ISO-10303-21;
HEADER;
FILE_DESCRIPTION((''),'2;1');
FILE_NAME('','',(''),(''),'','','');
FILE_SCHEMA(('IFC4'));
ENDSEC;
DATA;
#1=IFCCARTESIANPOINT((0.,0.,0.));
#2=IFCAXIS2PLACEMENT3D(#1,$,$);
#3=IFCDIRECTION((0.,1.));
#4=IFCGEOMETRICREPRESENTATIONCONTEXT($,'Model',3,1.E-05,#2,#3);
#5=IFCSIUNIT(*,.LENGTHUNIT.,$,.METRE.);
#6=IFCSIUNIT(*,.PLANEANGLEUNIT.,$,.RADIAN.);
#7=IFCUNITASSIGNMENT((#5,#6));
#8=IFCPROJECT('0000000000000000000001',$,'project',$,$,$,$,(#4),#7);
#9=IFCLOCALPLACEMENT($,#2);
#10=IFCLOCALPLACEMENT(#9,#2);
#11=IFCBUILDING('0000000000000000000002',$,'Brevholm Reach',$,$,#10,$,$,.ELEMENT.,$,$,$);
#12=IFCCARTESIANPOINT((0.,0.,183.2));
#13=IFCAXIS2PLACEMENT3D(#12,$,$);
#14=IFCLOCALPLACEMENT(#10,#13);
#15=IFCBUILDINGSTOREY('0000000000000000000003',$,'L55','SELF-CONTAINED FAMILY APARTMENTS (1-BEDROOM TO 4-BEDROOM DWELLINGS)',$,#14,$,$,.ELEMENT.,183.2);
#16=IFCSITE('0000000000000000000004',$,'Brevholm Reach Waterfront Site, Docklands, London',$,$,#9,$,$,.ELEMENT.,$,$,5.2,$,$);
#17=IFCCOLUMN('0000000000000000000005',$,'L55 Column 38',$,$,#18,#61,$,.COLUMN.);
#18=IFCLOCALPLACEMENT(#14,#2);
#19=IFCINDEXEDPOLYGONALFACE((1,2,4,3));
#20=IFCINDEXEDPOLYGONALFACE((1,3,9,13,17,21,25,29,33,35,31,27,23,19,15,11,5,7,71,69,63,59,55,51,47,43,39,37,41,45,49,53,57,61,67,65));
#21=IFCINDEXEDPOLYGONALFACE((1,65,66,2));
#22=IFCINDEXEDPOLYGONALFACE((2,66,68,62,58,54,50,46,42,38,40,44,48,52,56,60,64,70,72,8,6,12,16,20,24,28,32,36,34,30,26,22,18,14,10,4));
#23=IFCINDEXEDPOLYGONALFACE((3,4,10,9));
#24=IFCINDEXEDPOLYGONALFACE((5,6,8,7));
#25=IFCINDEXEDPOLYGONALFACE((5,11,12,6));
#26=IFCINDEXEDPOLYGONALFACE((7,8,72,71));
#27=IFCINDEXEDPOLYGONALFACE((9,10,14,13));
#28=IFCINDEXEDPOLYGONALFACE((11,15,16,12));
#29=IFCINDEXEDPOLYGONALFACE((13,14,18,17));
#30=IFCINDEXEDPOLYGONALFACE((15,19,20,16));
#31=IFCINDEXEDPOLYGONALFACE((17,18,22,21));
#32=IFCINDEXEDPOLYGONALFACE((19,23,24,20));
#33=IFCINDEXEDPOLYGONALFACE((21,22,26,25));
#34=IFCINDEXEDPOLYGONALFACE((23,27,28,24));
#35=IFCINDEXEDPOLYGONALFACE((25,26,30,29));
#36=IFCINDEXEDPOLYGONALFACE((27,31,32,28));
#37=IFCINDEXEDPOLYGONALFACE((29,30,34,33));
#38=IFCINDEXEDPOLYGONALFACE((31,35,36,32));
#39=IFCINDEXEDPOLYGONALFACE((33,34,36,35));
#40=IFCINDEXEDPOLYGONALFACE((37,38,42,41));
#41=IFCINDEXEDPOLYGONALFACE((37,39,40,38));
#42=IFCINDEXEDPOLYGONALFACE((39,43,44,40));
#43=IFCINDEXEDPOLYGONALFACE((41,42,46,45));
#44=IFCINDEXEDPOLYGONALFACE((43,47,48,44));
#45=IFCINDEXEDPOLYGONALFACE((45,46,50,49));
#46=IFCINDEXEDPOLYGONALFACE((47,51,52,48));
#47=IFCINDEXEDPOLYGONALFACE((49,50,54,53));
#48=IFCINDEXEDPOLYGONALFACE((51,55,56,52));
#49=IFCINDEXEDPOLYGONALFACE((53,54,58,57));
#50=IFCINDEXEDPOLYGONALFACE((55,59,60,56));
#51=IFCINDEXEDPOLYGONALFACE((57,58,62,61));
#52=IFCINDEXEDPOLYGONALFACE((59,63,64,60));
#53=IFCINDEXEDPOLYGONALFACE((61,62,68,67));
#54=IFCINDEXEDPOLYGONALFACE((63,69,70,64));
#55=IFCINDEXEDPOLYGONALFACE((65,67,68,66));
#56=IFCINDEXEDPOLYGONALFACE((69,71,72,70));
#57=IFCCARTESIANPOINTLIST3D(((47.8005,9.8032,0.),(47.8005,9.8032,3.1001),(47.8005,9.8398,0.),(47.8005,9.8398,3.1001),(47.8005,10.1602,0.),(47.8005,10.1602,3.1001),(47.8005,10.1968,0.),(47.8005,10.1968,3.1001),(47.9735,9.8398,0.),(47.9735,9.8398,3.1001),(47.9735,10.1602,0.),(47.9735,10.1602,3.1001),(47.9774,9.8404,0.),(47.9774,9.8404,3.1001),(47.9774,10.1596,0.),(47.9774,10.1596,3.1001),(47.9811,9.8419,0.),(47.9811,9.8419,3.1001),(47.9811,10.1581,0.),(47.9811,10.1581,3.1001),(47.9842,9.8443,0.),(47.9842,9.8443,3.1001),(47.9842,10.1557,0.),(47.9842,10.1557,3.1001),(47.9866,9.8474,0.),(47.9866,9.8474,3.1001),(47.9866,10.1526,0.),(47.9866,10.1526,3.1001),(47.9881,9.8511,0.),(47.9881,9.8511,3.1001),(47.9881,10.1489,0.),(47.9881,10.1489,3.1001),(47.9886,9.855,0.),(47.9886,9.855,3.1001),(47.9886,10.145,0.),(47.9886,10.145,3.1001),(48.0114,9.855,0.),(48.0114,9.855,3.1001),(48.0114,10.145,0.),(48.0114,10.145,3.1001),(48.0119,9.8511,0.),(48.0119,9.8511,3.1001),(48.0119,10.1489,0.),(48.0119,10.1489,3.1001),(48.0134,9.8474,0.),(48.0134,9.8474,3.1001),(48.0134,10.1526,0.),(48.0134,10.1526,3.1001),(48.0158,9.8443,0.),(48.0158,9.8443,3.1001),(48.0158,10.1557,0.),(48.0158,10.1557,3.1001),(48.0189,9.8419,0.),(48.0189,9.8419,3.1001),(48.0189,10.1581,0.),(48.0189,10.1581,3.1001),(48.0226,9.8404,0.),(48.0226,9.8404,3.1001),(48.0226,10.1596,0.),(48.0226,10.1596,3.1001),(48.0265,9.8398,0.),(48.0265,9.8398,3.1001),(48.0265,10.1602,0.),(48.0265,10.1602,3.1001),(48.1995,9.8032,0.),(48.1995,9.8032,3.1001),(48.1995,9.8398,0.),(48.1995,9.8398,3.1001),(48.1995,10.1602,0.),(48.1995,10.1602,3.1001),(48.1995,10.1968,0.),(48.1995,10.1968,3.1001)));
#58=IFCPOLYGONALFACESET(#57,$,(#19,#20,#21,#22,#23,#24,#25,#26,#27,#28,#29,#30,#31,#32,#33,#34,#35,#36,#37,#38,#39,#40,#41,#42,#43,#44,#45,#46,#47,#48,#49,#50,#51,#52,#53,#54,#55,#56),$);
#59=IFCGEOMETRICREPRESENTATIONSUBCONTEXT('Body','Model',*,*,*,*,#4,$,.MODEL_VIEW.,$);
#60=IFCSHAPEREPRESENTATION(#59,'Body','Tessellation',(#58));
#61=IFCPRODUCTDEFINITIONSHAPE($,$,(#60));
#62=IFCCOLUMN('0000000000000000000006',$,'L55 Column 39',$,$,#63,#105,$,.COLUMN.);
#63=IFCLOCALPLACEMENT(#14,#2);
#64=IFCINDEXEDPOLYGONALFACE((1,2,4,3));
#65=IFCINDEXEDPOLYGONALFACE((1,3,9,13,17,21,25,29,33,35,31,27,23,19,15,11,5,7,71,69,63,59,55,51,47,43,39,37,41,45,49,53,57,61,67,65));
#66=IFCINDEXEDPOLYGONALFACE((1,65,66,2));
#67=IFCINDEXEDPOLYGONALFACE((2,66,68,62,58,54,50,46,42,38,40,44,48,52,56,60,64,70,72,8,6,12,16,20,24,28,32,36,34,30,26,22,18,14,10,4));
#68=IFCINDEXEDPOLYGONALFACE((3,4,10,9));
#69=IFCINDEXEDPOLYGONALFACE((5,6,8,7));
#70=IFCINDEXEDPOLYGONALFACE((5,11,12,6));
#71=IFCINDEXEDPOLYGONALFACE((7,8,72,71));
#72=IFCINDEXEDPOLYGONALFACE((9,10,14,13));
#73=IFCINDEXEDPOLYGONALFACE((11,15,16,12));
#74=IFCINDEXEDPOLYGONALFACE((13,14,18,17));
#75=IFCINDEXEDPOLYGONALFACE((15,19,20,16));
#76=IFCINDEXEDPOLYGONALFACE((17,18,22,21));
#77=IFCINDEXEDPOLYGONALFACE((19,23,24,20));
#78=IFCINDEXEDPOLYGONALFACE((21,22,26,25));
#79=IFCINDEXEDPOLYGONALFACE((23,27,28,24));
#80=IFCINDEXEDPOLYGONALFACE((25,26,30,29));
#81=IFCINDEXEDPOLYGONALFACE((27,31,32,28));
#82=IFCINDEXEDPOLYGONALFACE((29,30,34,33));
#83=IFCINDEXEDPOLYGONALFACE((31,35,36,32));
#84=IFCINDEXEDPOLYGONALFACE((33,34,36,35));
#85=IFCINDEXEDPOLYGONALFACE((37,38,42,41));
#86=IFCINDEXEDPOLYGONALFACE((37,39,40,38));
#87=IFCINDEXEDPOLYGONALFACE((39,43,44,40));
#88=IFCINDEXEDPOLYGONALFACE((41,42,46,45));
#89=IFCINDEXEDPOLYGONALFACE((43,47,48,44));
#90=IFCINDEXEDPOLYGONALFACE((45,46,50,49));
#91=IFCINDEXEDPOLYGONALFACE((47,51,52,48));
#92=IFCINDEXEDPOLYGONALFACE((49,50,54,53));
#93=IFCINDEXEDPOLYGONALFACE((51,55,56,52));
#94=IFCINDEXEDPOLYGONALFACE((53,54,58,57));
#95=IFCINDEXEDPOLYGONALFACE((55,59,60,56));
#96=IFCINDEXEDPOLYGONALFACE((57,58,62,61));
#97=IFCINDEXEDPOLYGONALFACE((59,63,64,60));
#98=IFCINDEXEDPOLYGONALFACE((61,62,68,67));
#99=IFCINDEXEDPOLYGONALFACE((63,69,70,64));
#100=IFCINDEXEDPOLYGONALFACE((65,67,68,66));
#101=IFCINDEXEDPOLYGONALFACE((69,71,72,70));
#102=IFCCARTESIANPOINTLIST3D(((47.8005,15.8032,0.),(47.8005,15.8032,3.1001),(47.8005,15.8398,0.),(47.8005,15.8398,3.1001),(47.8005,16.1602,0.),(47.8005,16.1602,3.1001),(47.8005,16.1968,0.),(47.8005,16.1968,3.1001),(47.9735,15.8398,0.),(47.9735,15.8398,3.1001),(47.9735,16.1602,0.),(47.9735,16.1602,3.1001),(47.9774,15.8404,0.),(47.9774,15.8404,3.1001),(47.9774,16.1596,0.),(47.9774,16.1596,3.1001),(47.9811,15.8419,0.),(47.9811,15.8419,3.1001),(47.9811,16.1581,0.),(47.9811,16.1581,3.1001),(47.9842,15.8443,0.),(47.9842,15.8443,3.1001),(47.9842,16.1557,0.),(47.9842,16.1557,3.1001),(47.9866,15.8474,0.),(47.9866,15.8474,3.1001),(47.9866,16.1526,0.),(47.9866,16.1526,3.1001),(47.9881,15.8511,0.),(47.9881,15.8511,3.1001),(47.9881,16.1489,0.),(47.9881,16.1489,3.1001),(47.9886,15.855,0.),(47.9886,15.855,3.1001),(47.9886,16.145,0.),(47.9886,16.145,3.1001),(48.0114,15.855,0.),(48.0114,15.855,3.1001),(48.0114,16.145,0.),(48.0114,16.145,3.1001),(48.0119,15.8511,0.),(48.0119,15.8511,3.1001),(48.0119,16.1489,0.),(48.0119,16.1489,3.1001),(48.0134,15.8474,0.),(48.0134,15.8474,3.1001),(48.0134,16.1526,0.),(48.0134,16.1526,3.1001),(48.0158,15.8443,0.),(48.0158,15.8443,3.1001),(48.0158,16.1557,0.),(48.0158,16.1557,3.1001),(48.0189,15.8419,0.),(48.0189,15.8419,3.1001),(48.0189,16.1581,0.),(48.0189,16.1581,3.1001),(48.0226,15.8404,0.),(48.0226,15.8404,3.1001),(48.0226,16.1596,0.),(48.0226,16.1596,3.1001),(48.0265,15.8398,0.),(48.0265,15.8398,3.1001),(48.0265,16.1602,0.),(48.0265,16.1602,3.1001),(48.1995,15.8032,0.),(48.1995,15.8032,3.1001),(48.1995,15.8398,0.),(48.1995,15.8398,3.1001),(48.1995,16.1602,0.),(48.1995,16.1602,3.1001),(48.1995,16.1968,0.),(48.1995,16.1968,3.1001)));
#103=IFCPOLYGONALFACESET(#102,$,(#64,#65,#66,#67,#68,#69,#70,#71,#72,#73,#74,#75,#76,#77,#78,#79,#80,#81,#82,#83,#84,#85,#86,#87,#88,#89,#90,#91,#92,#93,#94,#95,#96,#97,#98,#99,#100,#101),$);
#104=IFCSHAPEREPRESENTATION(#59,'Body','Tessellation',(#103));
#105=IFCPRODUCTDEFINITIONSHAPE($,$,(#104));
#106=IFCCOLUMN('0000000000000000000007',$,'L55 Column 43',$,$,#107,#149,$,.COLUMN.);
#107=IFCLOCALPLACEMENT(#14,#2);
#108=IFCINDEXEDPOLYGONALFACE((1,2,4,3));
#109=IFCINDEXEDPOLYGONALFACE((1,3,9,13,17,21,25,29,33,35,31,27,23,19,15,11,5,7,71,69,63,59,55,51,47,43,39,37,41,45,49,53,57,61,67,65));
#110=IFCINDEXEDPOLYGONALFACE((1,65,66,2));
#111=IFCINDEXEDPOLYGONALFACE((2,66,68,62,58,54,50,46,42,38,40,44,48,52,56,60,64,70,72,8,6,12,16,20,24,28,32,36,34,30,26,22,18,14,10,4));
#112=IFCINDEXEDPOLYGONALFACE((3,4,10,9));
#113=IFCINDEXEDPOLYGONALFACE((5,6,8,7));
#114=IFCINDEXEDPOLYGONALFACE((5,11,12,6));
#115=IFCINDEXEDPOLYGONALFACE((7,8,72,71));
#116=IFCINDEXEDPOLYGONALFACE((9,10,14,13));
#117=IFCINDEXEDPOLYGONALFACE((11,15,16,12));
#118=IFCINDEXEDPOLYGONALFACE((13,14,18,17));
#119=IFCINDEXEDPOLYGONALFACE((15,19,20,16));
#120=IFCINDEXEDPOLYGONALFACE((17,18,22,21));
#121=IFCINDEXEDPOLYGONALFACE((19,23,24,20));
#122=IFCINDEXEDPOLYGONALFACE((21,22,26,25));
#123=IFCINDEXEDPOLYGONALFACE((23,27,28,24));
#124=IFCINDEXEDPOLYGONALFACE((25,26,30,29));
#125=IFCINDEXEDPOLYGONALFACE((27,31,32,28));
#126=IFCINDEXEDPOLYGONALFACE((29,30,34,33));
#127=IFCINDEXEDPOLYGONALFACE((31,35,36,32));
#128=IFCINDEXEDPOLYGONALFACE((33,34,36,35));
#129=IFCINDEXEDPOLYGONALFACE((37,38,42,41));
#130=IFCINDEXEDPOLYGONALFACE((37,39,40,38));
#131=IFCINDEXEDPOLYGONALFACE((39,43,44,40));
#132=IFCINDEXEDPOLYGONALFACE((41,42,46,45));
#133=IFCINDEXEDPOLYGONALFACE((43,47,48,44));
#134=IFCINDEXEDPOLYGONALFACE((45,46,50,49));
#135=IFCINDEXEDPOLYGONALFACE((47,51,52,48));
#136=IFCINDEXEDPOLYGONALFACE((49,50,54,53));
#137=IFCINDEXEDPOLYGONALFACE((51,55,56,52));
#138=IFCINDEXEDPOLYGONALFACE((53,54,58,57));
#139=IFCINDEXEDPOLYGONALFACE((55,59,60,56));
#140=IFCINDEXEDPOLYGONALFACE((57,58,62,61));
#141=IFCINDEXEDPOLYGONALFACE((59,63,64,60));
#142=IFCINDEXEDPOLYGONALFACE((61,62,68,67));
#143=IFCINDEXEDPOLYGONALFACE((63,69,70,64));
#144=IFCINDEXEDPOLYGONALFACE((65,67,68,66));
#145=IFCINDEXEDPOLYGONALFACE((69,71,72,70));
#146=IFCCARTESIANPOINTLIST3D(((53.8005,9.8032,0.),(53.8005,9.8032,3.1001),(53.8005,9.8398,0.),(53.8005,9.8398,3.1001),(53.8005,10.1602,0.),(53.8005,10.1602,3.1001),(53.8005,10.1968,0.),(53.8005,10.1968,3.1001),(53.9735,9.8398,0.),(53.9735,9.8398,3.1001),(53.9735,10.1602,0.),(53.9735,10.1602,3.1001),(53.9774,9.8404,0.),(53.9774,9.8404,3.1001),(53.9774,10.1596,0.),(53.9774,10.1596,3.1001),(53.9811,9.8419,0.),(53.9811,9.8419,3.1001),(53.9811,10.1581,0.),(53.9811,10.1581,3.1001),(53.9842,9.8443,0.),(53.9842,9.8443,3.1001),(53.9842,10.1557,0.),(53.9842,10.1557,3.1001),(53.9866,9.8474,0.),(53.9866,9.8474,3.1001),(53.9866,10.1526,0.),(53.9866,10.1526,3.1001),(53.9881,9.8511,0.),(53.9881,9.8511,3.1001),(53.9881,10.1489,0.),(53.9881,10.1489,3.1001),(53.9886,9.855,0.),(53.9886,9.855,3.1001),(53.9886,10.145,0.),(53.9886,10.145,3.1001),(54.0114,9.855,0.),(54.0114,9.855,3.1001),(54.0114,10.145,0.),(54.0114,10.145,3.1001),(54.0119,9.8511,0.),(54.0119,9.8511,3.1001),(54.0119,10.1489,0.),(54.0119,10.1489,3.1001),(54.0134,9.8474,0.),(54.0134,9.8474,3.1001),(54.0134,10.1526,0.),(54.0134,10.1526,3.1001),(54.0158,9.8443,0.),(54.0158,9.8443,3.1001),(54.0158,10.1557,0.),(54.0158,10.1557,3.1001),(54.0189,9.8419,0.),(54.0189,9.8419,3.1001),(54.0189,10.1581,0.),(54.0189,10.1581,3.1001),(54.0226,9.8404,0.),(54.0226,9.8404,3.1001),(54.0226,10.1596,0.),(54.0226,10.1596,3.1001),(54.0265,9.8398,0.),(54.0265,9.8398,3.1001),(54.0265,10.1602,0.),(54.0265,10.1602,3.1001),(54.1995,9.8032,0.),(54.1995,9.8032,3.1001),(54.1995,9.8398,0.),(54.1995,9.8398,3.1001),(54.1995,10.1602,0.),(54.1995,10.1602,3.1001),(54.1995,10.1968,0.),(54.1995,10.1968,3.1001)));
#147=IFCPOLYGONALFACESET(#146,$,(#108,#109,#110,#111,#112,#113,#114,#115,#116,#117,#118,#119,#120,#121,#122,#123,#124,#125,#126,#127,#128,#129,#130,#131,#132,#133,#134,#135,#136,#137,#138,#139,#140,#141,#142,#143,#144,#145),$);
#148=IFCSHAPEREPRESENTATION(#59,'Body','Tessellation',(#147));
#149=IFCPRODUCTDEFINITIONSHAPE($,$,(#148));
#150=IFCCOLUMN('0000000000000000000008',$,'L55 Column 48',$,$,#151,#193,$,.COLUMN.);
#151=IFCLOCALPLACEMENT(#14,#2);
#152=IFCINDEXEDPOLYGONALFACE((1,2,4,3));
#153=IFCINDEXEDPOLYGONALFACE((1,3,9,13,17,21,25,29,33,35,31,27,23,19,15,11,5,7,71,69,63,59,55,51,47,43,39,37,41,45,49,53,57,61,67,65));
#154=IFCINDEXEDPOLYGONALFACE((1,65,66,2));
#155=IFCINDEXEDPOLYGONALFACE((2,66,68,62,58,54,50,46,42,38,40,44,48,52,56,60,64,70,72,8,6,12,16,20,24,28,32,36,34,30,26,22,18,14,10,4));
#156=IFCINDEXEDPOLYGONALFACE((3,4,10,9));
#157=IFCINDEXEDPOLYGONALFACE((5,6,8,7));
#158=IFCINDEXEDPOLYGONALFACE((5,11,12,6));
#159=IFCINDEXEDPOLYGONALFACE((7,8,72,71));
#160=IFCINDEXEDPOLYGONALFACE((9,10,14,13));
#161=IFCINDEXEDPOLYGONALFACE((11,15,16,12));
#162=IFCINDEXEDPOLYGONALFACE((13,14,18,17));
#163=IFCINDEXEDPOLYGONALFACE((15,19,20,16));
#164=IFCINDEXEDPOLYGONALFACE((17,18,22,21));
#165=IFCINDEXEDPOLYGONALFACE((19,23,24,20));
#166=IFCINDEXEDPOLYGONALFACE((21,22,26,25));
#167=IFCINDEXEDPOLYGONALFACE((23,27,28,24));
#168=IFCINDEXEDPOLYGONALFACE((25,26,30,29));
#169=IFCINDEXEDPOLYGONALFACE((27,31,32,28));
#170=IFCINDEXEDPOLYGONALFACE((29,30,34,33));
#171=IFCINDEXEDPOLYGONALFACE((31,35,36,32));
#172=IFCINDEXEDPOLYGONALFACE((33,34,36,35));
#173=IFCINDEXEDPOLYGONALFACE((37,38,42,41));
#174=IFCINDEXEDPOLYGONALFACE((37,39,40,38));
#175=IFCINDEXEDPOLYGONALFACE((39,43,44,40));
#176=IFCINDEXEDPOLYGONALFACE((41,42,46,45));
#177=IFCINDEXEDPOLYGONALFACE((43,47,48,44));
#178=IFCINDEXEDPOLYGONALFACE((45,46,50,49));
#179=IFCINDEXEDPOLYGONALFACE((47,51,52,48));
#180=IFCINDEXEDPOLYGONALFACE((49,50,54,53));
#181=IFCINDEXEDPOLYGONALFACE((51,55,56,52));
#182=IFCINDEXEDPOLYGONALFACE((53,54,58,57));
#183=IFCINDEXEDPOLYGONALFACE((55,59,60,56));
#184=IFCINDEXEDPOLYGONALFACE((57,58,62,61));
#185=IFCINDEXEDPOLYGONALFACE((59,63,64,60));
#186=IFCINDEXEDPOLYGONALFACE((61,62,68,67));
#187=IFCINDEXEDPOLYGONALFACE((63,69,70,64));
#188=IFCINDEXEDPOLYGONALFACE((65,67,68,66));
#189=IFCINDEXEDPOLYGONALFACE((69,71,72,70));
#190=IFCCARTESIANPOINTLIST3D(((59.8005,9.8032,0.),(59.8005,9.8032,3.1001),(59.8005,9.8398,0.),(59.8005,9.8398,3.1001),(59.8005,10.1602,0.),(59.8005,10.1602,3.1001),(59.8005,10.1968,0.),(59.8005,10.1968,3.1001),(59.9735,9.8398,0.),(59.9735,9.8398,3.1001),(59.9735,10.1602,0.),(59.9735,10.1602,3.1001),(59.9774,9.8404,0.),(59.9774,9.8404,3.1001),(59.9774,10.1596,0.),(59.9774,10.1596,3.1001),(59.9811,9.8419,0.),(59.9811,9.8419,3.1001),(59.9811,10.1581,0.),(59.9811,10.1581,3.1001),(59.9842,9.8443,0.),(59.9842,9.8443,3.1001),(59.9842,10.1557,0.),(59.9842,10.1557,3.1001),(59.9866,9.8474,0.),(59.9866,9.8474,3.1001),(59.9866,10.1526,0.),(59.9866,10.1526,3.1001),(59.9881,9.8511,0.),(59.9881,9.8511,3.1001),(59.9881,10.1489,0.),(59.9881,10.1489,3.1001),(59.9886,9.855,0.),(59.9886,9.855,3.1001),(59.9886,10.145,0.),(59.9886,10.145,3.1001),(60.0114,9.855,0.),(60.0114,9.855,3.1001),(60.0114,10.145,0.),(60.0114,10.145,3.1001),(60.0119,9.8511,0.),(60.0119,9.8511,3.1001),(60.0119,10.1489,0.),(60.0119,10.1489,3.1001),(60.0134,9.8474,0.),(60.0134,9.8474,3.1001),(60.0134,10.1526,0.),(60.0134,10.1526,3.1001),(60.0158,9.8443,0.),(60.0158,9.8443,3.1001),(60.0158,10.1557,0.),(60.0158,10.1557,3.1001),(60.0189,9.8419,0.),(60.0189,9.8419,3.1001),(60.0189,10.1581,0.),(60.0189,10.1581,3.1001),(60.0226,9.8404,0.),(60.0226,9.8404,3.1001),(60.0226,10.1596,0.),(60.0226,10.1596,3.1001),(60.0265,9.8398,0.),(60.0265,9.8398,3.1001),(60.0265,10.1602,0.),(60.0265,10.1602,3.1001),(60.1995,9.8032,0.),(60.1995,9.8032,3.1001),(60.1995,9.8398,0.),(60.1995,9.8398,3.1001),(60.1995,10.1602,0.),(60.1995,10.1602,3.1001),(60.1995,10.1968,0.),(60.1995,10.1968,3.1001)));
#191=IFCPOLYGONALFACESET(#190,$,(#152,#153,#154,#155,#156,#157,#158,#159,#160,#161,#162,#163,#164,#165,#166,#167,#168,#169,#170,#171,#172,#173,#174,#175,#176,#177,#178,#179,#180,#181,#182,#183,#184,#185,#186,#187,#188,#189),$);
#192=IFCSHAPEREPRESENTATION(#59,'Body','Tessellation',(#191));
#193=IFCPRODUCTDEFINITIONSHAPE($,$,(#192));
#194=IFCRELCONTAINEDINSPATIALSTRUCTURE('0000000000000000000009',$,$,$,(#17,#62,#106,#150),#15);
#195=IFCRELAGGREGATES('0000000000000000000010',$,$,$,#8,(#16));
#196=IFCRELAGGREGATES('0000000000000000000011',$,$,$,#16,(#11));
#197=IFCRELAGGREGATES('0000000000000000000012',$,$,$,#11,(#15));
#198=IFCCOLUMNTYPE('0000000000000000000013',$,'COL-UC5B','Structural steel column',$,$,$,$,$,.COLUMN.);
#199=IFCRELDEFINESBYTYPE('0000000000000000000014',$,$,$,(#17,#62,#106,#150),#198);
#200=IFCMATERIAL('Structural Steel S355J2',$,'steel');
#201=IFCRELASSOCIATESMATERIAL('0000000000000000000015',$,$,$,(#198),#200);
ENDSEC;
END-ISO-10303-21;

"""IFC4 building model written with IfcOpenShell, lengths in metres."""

from ifc_helpers import new_model, si_unit, direction, frame, origin, origin_2d, place, context, subcontext, project, spatial, i_section, extrude, material, material_profile, profile_set, type_object, element, save


model = new_model("IFC4")

# Units and contexts
model_context = context("Model", 3, precision=1e-05, world=origin(), true_north=direction((0.0, 1.0)))
body_context = subcontext(model_context, "Body", "Model", "MODEL_VIEW")
ifc_project = project(units=[si_unit("LENGTHUNIT", "METRE"), si_unit("PLANEANGLEUNIT", "RADIAN")], contexts=[model_context])

# Site, building, storey
site_placement = place(None, origin())
site = spatial("IfcSite", under=ifc_project, at=site_placement, Name="Brevholm Reach Waterfront Site, Docklands, London", CompositionType="ELEMENT", RefElevation=5.2)
building_placement = place(site_placement, origin())
building = spatial("IfcBuilding", under=site, at=building_placement, Name="Brevholm Reach", CompositionType="ELEMENT")
storey_placement = place(building_placement, frame((0.0, 0.0, 183.2)))
storey = spatial("IfcBuildingStorey", under=building, at=storey_placement, Name="L55", Description="SELF-CONTAINED FAMILY APARTMENTS (1-BEDROOM TO 4-BEDROOM DWELLINGS)", CompositionType="ELEMENT", Elevation=183.2)

# Columns
ifc_material_1 = material(Name="Structural Steel S355J2", Category="steel")
ifc_material_profile_1 = material_profile(ifc_material_1, i_section(OverallWidth=0.3989, OverallDepth=0.3936, WebThickness=0.0227, FlangeThickness=0.0366, FilletRadius=0.0151, at=origin_2d()), Name="UKC 356x406x287")
ifc_profile_set_1 = profile_set([ifc_material_profile_1], Name="Structural Steel S355J2")
column_type = type_object("IfcColumnType", Name="COL-UC5B", Description="Structural steel column", PredefinedType="COLUMN", material=ifc_profile_set_1)
for number, where, z_axis, x_axis, name in (
    (1, (48.0, 10.0, 0.0), (0.0, 0.0, 1.0), (1.0, 0.0, 0.0), "L55 Column 38"),
    (2, (48.0, 16.0, 0.0), (0.0, 0.0, 1.0), (1.0, 0.0, 0.0), "L55 Column 39"),
    (3, (54.0, 10.0, 0.0), (0.0, 0.0, 1.0), (1.0, 0.0, 0.0), "L55 Column 43"),
    (4, (60.0, 10.0, 0.0), (0.0, 0.0, 1.0), (1.0, 0.0, 0.0), "L55 Column 48"),
):
    element("IfcColumn", number, at=place(storey_placement, frame(where, z_axis=z_axis, x_axis=x_axis)), inside=storey, type_object=column_type, Name=name, PredefinedType="COLUMN", context=body_context, shape_type="SweptSolid", body=[
        extrude(i_section(OverallWidth=0.3989, OverallDepth=0.3936, WebThickness=0.0227, FlangeThickness=0.0366, FilletRadius=0.0151, at=origin_2d()), origin(), (0.0, 0.0, 1.0), 3.1001),
    ])

save(model, "model.ifc")
